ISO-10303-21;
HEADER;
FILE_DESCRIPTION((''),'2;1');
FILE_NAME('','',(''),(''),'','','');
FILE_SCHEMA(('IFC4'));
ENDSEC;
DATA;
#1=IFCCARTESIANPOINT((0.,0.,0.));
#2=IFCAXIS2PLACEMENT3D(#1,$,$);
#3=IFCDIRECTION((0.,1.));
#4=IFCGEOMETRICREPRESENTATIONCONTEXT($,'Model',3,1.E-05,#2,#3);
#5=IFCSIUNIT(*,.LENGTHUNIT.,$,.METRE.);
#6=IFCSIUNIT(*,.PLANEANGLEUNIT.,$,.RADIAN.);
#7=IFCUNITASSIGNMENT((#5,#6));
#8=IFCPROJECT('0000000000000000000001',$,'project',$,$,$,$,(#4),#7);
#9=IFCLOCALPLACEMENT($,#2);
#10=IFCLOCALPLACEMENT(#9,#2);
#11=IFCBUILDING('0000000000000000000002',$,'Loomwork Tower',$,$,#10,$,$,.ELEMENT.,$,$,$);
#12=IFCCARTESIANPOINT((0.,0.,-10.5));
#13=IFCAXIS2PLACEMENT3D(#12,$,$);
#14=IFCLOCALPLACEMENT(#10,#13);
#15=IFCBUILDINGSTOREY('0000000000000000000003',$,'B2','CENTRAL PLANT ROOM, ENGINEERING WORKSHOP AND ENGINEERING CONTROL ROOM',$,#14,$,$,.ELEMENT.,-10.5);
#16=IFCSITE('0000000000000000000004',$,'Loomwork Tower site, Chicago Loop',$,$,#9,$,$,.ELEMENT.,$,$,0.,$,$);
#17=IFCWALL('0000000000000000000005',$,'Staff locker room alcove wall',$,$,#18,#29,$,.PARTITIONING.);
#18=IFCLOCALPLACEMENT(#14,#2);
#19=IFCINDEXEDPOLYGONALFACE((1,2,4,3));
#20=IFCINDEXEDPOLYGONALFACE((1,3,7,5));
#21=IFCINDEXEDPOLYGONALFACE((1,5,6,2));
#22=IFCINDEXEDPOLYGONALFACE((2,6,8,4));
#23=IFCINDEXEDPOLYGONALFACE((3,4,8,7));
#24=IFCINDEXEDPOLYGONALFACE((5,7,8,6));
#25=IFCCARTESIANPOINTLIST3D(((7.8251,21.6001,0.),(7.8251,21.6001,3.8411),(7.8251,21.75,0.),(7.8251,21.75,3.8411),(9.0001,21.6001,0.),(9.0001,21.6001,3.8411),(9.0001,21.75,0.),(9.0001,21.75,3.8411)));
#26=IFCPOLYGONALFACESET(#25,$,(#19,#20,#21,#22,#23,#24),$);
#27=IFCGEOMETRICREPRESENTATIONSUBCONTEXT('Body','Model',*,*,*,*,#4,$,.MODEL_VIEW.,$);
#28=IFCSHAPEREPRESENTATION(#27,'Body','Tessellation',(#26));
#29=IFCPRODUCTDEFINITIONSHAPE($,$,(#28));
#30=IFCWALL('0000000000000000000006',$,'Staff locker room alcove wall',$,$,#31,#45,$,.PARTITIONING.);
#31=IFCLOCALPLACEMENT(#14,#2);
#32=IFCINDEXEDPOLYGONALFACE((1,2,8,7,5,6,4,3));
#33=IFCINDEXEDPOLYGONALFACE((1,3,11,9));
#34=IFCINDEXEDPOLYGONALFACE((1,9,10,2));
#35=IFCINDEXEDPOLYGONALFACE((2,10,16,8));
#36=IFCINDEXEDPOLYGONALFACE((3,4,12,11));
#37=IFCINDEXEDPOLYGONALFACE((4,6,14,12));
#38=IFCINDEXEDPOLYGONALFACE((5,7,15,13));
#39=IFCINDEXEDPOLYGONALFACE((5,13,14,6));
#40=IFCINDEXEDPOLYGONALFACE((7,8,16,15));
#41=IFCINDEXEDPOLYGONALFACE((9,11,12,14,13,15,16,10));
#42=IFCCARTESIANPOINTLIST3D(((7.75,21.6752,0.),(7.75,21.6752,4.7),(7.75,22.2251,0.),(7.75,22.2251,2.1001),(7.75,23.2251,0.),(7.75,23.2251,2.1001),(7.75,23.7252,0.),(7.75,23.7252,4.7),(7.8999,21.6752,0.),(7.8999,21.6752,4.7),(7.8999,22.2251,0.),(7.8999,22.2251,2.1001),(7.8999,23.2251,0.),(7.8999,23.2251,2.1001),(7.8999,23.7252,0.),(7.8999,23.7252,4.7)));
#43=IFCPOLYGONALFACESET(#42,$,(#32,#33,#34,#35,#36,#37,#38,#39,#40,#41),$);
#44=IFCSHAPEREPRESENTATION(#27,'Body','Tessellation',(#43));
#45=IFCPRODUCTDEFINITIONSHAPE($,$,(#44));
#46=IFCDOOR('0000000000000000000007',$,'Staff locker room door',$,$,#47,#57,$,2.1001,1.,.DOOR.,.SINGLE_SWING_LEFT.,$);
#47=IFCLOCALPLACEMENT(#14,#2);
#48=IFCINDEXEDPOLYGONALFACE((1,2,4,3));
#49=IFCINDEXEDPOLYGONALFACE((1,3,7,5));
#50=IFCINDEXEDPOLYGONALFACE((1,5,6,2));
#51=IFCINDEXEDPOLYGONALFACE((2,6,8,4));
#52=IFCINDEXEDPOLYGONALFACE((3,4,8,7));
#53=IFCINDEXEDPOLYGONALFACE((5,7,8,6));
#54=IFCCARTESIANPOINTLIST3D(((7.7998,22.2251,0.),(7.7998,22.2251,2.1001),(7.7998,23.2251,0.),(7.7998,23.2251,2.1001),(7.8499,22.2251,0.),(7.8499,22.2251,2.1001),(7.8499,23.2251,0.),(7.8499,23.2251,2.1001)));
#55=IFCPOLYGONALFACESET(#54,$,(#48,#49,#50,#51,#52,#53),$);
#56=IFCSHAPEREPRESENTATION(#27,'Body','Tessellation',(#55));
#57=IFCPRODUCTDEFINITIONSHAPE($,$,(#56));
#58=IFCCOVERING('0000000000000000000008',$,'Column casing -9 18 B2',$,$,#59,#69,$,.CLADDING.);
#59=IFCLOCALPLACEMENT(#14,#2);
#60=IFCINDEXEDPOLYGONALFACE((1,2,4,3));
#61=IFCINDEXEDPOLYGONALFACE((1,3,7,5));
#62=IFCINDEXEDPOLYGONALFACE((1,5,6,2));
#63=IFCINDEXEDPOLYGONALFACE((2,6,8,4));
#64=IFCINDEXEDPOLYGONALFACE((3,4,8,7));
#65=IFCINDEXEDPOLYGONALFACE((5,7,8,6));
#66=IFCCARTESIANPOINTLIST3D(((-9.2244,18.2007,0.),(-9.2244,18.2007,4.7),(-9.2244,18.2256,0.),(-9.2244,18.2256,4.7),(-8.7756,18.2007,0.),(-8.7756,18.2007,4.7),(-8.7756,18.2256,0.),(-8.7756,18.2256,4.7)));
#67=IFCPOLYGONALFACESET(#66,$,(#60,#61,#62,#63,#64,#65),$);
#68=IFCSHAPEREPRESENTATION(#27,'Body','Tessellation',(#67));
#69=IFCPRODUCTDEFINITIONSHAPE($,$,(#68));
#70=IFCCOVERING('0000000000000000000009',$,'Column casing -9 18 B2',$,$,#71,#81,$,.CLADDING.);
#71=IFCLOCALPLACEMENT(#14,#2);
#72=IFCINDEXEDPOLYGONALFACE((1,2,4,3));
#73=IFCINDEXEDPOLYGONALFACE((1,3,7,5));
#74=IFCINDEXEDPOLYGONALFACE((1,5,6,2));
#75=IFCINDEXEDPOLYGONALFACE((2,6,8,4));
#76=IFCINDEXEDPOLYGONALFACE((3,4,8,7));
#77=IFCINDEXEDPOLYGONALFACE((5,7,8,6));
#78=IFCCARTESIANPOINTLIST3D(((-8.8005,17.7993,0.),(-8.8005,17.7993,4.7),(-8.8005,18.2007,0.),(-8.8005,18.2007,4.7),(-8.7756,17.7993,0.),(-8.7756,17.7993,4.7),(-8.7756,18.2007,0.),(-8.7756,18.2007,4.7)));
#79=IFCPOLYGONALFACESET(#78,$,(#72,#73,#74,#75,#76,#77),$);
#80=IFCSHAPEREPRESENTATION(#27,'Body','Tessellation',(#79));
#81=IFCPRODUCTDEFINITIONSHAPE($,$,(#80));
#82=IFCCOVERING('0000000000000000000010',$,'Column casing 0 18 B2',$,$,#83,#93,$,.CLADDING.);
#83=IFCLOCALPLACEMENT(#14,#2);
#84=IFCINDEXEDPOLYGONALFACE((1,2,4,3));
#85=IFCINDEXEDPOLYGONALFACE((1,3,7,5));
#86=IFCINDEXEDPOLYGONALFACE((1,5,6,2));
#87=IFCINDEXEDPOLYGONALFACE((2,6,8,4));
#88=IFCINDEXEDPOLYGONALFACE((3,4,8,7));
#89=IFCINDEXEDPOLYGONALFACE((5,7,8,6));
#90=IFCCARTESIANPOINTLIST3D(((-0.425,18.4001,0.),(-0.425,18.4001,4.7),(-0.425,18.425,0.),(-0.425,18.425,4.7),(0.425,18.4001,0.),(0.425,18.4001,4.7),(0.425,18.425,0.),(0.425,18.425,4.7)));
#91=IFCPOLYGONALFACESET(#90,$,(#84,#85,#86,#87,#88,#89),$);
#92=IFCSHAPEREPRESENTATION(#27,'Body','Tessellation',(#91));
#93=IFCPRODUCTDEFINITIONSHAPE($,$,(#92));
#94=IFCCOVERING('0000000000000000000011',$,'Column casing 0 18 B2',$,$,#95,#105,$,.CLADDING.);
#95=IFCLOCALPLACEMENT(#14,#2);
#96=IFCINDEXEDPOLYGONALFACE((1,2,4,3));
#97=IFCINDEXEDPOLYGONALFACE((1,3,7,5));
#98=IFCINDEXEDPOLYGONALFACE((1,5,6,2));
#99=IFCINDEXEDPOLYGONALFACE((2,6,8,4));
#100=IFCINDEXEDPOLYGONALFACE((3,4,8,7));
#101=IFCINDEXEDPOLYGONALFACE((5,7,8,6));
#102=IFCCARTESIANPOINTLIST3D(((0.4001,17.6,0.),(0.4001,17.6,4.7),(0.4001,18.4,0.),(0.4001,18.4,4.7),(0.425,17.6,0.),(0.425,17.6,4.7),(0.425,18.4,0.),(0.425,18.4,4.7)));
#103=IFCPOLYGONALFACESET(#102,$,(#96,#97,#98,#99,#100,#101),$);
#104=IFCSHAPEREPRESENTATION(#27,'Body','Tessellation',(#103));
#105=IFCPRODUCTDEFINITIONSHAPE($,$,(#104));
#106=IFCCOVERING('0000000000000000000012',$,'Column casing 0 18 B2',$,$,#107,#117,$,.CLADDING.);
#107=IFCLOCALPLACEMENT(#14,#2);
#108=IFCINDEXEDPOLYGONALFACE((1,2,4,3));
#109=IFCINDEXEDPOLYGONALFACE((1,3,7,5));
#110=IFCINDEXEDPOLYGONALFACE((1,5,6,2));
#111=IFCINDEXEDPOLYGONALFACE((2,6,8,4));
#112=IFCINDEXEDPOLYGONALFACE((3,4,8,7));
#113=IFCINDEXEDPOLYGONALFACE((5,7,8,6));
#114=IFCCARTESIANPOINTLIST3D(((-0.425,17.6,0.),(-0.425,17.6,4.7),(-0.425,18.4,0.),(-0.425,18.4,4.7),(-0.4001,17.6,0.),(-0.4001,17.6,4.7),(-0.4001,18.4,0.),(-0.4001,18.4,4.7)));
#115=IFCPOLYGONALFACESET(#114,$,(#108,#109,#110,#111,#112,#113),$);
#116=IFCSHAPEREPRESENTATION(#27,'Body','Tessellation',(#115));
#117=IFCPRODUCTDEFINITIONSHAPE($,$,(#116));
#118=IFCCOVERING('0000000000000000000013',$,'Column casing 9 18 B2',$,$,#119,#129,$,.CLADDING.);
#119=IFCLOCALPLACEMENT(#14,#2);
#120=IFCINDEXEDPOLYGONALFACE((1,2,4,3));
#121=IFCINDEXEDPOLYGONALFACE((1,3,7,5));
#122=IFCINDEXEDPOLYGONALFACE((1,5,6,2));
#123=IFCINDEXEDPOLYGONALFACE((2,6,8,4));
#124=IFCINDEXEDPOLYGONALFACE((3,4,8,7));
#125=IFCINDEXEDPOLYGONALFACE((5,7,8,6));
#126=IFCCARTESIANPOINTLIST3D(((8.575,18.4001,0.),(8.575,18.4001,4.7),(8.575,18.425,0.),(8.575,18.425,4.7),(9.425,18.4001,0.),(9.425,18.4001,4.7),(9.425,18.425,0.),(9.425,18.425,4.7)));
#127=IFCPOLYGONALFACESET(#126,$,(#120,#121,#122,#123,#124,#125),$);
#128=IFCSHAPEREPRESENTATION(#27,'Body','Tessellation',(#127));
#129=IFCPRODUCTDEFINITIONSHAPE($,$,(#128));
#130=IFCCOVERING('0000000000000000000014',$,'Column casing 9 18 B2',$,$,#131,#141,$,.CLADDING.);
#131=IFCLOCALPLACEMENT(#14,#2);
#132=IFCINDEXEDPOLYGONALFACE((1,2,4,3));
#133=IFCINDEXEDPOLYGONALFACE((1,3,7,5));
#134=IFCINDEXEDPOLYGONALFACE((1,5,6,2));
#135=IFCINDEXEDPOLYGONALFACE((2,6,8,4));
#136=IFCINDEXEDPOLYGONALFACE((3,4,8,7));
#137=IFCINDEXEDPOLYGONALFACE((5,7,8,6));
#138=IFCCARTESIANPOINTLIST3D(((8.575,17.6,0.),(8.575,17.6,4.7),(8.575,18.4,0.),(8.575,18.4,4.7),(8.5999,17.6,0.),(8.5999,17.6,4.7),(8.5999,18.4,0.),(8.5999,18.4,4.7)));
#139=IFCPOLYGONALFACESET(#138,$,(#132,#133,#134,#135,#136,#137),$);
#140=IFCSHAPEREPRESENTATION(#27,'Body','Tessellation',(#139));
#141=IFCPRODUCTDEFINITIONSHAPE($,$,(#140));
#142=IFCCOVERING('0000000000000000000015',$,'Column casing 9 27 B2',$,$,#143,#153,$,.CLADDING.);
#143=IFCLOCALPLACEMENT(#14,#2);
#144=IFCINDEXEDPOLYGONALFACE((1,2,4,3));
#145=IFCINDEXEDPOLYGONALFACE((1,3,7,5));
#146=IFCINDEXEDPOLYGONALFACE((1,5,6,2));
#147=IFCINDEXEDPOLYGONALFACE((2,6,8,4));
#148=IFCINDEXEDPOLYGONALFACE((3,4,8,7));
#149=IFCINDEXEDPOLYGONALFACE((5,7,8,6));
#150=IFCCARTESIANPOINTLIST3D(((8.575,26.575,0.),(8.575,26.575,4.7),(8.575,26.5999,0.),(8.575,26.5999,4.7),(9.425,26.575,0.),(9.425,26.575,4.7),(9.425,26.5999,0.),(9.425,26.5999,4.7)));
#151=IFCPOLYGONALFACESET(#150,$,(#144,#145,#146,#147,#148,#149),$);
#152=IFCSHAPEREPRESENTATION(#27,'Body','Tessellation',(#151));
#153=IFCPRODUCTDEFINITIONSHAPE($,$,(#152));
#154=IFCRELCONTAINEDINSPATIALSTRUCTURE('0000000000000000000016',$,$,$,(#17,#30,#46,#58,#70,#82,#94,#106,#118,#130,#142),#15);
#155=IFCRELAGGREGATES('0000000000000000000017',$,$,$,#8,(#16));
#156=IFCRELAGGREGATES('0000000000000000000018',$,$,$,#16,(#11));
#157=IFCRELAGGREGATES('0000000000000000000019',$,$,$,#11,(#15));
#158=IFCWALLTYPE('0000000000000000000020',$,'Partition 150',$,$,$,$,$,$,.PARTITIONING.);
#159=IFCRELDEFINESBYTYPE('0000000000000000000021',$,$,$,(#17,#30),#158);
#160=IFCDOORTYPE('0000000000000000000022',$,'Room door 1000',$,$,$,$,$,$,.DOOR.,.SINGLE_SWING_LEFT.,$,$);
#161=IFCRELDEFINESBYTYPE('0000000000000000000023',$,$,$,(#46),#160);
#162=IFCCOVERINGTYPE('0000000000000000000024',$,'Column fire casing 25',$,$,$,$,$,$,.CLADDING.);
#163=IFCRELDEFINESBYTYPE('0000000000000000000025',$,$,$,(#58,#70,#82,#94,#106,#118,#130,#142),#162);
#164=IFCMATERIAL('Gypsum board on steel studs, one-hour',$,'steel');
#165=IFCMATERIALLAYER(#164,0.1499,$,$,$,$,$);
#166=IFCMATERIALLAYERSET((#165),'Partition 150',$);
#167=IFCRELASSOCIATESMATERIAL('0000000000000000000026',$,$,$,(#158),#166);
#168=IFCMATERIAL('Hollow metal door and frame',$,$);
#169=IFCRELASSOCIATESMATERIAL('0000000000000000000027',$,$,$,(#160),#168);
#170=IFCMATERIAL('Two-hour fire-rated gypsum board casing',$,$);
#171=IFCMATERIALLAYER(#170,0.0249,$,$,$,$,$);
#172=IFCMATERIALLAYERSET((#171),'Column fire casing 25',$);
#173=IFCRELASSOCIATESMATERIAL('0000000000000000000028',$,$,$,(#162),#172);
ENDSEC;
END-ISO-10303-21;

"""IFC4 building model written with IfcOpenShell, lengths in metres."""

from ifc_helpers import new_model, si_unit, direction, frame, frame_2d, origin, origin_2d, place, context, subcontext, project, spatial, rectangle, extrude, material, layer, layer_set, type_object, element, fill, save


model = new_model("IFC4")

# Units and contexts
model_context = context("Model", 3, precision=1e-05, world=origin(), true_north=direction((0.0, 1.0)))
body_context = subcontext(model_context, "Body", "Model", "MODEL_VIEW")
ifc_project = project(units=[si_unit("LENGTHUNIT", "METRE"), si_unit("PLANEANGLEUNIT", "RADIAN")], contexts=[model_context])

# Site, building, storey
site_placement = place(None, origin())
site = spatial("IfcSite", under=ifc_project, at=site_placement, Name="Loomwork Tower site, Chicago Loop", CompositionType="ELEMENT", RefElevation=0.0)
building_placement = place(site_placement, origin())
building = spatial("IfcBuilding", under=site, at=building_placement, Name="Loomwork Tower", CompositionType="ELEMENT")
storey_placement = place(building_placement, frame((0.0, 0.0, -10.5)))
storey = spatial("IfcBuildingStorey", under=building, at=storey_placement, Name="B2", Description="CENTRAL PLANT ROOM, ENGINEERING WORKSHOP AND ENGINEERING CONTROL ROOM", CompositionType="ELEMENT", Elevation=-10.5)

# Wall
ifc_material_1 = material(Name="Gypsum board on steel studs, one-hour", Category="steel")
ifc_layer_1 = layer(ifc_material_1, 0.1499)
ifc_layer_set_1 = layer_set([ifc_layer_1], Name="Partition 150")
wall_type = type_object("IfcWallType", Name="Partition 150", PredefinedType="PARTITIONING", material=ifc_layer_set_1)
for number, where, z_axis, x_axis, name in (
    (1, (9.0, 21.675, 0.0), (0.0, 0.0, 1.0), (-1.0, 0.0, 0.0), "Staff locker room alcove wall"),
):
    element("IfcWall", number, at=place(storey_placement, frame(where, z_axis=z_axis, x_axis=x_axis)), inside=storey, type_object=wall_type, Name=name, PredefinedType="PARTITIONING", context=body_context, shape_type="SweptSolid", body=[
        extrude(rectangle(XDim=1.175, YDim=0.1499, at=frame_2d((0.5874, 0.0))), origin(), (0.0, 0.0, 1.0), 3.8411),
    ])

# Wall, opening, door
wall_1_placement = place(storey_placement, frame((7.825, 23.7251, 0.0), z_axis=(0.0, 0.0, 1.0), x_axis=(0.0, -1.0, 0.0)))
wall_1 = element("IfcWall", 2, at=wall_1_placement, inside=storey, type_object=wall_type, Name="Staff locker room alcove wall", PredefinedType="PARTITIONING", context=body_context, shape_type="SweptSolid", body=[
    extrude(rectangle(XDim=2.05, YDim=0.1499, at=frame_2d((1.0249, 0.0))), origin(), (0.0, 0.0, 1.0), 4.7),
])
opening_placement = place(wall_1_placement, frame((0.5, 0.0, 0.0)))
opening = element("IfcOpeningElement", 3, at=opening_placement, cuts=wall_1, PredefinedType="OPENING", context=body_context, shape_type="SweptSolid", body=[
    extrude(rectangle(XDim=1.0, YDim=2.1001, at=frame_2d((0.5, 1.05))), frame((0.0, 0.085, 0.0), z_axis=(0.0, -1.0, 0.0), x_axis=(1.0, 0.0, 0.0)), (0.0, 0.0, 1.0), 0.1699),
])
ifc_material_2 = material(Name="Hollow metal door and frame")
door_type = type_object("IfcDoorType", Name="Room door 1000", OperationType="SINGLE_SWING_LEFT", PredefinedType="DOOR", material=ifc_material_2)
door_placement = place(opening_placement, origin())
door = element("IfcDoor", 4, at=door_placement, inside=storey, type_object=door_type, Name="Staff locker room door", OperationType="SINGLE_SWING_LEFT", OverallHeight=2.1001, OverallWidth=1.0, PredefinedType="DOOR", context=body_context, shape_type="SweptSolid", body=[
    extrude(rectangle(XDim=1.0, YDim=2.1001, at=frame_2d((0.5, 1.05))), frame((0.0, 0.0249, 0.0), z_axis=(0.0, -1.0, 0.0), x_axis=(1.0, 0.0, 0.0)), (0.0, 0.0, 1.0), 0.05),
])
fill(opening, door)

# Coverings
ifc_material_3 = material(Name="Two-hour fire-rated gypsum board casing")
ifc_layer_2 = layer(ifc_material_3, 0.0249)
ifc_layer_set_2 = layer_set([ifc_layer_2], Name="Column fire casing 25")
covering_type = type_object("IfcCoveringType", Name="Column fire casing 25", PredefinedType="CLADDING", material=ifc_layer_set_2)
covering_1_placement = place(storey_placement, frame((-9.0, 18.2131, 0.0), z_axis=(0.0, 0.0, 1.0), x_axis=(1.0, 0.0, 0.0)))
element("IfcCovering", 5, at=covering_1_placement, inside=storey, type_object=covering_type, Name="Column casing -9 18 B2", PredefinedType="CLADDING", context=body_context, shape_type="SweptSolid", body=[
    extrude(rectangle(XDim=0.4487, YDim=0.0249, at=origin_2d()), origin(), (0.0, 0.0, 1.0), 4.7),
])
covering_2_placement = place(storey_placement, frame((-8.7881, 18.0, 0.0), z_axis=(0.0, 0.0, 1.0), x_axis=(1.0, 0.0, 0.0)))
element("IfcCovering", 6, at=covering_2_placement, inside=storey, type_object=covering_type, Name="Column casing -9 18 B2", PredefinedType="CLADDING", context=body_context, shape_type="SweptSolid", body=[
    extrude(rectangle(XDim=0.0249, YDim=0.4014, at=origin_2d()), origin(), (0.0, 0.0, 1.0), 4.7),
])
covering_3_placement = place(storey_placement, frame((0.0, 18.4126, 0.0), z_axis=(0.0, 0.0, 1.0), x_axis=(1.0, 0.0, 0.0)))
element("IfcCovering", 7, at=covering_3_placement, inside=storey, type_object=covering_type, Name="Column casing 0 18 B2", PredefinedType="CLADDING", context=body_context, shape_type="SweptSolid", body=[
    extrude(rectangle(XDim=0.8501, YDim=0.0249, at=origin_2d()), origin(), (0.0, 0.0, 1.0), 4.7),
])
for number, where, z_axis, x_axis, name in (
    (8, (0.4126, 18.0, 0.0), (0.0, 0.0, 1.0), (1.0, 0.0, 0.0), "Column casing 0 18 B2"),
    (9, (-0.4126, 18.0, 0.0), (0.0, 0.0, 1.0), (1.0, 0.0, 0.0), "Column casing 0 18 B2"),
):
    element("IfcCovering", number, at=place(storey_placement, frame(where, z_axis=z_axis, x_axis=x_axis)), inside=storey, type_object=covering_type, Name=name, PredefinedType="CLADDING", context=body_context, shape_type="SweptSolid", body=[
        extrude(rectangle(XDim=0.0249, YDim=0.8, at=origin_2d()), origin(), (0.0, 0.0, 1.0), 4.7),
    ])
covering_4_placement = place(storey_placement, frame((9.0, 18.4126, 0.0), z_axis=(0.0, 0.0, 1.0), x_axis=(1.0, 0.0, 0.0)))
element("IfcCovering", 10, at=covering_4_placement, inside=storey, type_object=covering_type, Name="Column casing 9 18 B2", PredefinedType="CLADDING", context=body_context, shape_type="SweptSolid", body=[
    extrude(rectangle(XDim=0.8501, YDim=0.0249, at=origin_2d()), origin(), (0.0, 0.0, 1.0), 4.7),
])
covering_5_placement = place(storey_placement, frame((8.5874, 18.0, 0.0), z_axis=(0.0, 0.0, 1.0), x_axis=(1.0, 0.0, 0.0)))
element("IfcCovering", 11, at=covering_5_placement, inside=storey, type_object=covering_type, Name="Column casing 9 18 B2", PredefinedType="CLADDING", context=body_context, shape_type="SweptSolid", body=[
    extrude(rectangle(XDim=0.0249, YDim=0.8, at=origin_2d()), origin(), (0.0, 0.0, 1.0), 4.7),
])
covering_6_placement = place(storey_placement, frame((9.0, 26.5874, 0.0), z_axis=(0.0, 0.0, 1.0), x_axis=(1.0, 0.0, 0.0)))
element("IfcCovering", 12, at=covering_6_placement, inside=storey, type_object=covering_type, Name="Column casing 9 27 B2", PredefinedType="CLADDING", context=body_context, shape_type="SweptSolid", body=[
    extrude(rectangle(XDim=0.8501, YDim=0.0249, at=origin_2d()), origin(), (0.0, 0.0, 1.0), 4.7),
])

save(model, "model.ifc")
